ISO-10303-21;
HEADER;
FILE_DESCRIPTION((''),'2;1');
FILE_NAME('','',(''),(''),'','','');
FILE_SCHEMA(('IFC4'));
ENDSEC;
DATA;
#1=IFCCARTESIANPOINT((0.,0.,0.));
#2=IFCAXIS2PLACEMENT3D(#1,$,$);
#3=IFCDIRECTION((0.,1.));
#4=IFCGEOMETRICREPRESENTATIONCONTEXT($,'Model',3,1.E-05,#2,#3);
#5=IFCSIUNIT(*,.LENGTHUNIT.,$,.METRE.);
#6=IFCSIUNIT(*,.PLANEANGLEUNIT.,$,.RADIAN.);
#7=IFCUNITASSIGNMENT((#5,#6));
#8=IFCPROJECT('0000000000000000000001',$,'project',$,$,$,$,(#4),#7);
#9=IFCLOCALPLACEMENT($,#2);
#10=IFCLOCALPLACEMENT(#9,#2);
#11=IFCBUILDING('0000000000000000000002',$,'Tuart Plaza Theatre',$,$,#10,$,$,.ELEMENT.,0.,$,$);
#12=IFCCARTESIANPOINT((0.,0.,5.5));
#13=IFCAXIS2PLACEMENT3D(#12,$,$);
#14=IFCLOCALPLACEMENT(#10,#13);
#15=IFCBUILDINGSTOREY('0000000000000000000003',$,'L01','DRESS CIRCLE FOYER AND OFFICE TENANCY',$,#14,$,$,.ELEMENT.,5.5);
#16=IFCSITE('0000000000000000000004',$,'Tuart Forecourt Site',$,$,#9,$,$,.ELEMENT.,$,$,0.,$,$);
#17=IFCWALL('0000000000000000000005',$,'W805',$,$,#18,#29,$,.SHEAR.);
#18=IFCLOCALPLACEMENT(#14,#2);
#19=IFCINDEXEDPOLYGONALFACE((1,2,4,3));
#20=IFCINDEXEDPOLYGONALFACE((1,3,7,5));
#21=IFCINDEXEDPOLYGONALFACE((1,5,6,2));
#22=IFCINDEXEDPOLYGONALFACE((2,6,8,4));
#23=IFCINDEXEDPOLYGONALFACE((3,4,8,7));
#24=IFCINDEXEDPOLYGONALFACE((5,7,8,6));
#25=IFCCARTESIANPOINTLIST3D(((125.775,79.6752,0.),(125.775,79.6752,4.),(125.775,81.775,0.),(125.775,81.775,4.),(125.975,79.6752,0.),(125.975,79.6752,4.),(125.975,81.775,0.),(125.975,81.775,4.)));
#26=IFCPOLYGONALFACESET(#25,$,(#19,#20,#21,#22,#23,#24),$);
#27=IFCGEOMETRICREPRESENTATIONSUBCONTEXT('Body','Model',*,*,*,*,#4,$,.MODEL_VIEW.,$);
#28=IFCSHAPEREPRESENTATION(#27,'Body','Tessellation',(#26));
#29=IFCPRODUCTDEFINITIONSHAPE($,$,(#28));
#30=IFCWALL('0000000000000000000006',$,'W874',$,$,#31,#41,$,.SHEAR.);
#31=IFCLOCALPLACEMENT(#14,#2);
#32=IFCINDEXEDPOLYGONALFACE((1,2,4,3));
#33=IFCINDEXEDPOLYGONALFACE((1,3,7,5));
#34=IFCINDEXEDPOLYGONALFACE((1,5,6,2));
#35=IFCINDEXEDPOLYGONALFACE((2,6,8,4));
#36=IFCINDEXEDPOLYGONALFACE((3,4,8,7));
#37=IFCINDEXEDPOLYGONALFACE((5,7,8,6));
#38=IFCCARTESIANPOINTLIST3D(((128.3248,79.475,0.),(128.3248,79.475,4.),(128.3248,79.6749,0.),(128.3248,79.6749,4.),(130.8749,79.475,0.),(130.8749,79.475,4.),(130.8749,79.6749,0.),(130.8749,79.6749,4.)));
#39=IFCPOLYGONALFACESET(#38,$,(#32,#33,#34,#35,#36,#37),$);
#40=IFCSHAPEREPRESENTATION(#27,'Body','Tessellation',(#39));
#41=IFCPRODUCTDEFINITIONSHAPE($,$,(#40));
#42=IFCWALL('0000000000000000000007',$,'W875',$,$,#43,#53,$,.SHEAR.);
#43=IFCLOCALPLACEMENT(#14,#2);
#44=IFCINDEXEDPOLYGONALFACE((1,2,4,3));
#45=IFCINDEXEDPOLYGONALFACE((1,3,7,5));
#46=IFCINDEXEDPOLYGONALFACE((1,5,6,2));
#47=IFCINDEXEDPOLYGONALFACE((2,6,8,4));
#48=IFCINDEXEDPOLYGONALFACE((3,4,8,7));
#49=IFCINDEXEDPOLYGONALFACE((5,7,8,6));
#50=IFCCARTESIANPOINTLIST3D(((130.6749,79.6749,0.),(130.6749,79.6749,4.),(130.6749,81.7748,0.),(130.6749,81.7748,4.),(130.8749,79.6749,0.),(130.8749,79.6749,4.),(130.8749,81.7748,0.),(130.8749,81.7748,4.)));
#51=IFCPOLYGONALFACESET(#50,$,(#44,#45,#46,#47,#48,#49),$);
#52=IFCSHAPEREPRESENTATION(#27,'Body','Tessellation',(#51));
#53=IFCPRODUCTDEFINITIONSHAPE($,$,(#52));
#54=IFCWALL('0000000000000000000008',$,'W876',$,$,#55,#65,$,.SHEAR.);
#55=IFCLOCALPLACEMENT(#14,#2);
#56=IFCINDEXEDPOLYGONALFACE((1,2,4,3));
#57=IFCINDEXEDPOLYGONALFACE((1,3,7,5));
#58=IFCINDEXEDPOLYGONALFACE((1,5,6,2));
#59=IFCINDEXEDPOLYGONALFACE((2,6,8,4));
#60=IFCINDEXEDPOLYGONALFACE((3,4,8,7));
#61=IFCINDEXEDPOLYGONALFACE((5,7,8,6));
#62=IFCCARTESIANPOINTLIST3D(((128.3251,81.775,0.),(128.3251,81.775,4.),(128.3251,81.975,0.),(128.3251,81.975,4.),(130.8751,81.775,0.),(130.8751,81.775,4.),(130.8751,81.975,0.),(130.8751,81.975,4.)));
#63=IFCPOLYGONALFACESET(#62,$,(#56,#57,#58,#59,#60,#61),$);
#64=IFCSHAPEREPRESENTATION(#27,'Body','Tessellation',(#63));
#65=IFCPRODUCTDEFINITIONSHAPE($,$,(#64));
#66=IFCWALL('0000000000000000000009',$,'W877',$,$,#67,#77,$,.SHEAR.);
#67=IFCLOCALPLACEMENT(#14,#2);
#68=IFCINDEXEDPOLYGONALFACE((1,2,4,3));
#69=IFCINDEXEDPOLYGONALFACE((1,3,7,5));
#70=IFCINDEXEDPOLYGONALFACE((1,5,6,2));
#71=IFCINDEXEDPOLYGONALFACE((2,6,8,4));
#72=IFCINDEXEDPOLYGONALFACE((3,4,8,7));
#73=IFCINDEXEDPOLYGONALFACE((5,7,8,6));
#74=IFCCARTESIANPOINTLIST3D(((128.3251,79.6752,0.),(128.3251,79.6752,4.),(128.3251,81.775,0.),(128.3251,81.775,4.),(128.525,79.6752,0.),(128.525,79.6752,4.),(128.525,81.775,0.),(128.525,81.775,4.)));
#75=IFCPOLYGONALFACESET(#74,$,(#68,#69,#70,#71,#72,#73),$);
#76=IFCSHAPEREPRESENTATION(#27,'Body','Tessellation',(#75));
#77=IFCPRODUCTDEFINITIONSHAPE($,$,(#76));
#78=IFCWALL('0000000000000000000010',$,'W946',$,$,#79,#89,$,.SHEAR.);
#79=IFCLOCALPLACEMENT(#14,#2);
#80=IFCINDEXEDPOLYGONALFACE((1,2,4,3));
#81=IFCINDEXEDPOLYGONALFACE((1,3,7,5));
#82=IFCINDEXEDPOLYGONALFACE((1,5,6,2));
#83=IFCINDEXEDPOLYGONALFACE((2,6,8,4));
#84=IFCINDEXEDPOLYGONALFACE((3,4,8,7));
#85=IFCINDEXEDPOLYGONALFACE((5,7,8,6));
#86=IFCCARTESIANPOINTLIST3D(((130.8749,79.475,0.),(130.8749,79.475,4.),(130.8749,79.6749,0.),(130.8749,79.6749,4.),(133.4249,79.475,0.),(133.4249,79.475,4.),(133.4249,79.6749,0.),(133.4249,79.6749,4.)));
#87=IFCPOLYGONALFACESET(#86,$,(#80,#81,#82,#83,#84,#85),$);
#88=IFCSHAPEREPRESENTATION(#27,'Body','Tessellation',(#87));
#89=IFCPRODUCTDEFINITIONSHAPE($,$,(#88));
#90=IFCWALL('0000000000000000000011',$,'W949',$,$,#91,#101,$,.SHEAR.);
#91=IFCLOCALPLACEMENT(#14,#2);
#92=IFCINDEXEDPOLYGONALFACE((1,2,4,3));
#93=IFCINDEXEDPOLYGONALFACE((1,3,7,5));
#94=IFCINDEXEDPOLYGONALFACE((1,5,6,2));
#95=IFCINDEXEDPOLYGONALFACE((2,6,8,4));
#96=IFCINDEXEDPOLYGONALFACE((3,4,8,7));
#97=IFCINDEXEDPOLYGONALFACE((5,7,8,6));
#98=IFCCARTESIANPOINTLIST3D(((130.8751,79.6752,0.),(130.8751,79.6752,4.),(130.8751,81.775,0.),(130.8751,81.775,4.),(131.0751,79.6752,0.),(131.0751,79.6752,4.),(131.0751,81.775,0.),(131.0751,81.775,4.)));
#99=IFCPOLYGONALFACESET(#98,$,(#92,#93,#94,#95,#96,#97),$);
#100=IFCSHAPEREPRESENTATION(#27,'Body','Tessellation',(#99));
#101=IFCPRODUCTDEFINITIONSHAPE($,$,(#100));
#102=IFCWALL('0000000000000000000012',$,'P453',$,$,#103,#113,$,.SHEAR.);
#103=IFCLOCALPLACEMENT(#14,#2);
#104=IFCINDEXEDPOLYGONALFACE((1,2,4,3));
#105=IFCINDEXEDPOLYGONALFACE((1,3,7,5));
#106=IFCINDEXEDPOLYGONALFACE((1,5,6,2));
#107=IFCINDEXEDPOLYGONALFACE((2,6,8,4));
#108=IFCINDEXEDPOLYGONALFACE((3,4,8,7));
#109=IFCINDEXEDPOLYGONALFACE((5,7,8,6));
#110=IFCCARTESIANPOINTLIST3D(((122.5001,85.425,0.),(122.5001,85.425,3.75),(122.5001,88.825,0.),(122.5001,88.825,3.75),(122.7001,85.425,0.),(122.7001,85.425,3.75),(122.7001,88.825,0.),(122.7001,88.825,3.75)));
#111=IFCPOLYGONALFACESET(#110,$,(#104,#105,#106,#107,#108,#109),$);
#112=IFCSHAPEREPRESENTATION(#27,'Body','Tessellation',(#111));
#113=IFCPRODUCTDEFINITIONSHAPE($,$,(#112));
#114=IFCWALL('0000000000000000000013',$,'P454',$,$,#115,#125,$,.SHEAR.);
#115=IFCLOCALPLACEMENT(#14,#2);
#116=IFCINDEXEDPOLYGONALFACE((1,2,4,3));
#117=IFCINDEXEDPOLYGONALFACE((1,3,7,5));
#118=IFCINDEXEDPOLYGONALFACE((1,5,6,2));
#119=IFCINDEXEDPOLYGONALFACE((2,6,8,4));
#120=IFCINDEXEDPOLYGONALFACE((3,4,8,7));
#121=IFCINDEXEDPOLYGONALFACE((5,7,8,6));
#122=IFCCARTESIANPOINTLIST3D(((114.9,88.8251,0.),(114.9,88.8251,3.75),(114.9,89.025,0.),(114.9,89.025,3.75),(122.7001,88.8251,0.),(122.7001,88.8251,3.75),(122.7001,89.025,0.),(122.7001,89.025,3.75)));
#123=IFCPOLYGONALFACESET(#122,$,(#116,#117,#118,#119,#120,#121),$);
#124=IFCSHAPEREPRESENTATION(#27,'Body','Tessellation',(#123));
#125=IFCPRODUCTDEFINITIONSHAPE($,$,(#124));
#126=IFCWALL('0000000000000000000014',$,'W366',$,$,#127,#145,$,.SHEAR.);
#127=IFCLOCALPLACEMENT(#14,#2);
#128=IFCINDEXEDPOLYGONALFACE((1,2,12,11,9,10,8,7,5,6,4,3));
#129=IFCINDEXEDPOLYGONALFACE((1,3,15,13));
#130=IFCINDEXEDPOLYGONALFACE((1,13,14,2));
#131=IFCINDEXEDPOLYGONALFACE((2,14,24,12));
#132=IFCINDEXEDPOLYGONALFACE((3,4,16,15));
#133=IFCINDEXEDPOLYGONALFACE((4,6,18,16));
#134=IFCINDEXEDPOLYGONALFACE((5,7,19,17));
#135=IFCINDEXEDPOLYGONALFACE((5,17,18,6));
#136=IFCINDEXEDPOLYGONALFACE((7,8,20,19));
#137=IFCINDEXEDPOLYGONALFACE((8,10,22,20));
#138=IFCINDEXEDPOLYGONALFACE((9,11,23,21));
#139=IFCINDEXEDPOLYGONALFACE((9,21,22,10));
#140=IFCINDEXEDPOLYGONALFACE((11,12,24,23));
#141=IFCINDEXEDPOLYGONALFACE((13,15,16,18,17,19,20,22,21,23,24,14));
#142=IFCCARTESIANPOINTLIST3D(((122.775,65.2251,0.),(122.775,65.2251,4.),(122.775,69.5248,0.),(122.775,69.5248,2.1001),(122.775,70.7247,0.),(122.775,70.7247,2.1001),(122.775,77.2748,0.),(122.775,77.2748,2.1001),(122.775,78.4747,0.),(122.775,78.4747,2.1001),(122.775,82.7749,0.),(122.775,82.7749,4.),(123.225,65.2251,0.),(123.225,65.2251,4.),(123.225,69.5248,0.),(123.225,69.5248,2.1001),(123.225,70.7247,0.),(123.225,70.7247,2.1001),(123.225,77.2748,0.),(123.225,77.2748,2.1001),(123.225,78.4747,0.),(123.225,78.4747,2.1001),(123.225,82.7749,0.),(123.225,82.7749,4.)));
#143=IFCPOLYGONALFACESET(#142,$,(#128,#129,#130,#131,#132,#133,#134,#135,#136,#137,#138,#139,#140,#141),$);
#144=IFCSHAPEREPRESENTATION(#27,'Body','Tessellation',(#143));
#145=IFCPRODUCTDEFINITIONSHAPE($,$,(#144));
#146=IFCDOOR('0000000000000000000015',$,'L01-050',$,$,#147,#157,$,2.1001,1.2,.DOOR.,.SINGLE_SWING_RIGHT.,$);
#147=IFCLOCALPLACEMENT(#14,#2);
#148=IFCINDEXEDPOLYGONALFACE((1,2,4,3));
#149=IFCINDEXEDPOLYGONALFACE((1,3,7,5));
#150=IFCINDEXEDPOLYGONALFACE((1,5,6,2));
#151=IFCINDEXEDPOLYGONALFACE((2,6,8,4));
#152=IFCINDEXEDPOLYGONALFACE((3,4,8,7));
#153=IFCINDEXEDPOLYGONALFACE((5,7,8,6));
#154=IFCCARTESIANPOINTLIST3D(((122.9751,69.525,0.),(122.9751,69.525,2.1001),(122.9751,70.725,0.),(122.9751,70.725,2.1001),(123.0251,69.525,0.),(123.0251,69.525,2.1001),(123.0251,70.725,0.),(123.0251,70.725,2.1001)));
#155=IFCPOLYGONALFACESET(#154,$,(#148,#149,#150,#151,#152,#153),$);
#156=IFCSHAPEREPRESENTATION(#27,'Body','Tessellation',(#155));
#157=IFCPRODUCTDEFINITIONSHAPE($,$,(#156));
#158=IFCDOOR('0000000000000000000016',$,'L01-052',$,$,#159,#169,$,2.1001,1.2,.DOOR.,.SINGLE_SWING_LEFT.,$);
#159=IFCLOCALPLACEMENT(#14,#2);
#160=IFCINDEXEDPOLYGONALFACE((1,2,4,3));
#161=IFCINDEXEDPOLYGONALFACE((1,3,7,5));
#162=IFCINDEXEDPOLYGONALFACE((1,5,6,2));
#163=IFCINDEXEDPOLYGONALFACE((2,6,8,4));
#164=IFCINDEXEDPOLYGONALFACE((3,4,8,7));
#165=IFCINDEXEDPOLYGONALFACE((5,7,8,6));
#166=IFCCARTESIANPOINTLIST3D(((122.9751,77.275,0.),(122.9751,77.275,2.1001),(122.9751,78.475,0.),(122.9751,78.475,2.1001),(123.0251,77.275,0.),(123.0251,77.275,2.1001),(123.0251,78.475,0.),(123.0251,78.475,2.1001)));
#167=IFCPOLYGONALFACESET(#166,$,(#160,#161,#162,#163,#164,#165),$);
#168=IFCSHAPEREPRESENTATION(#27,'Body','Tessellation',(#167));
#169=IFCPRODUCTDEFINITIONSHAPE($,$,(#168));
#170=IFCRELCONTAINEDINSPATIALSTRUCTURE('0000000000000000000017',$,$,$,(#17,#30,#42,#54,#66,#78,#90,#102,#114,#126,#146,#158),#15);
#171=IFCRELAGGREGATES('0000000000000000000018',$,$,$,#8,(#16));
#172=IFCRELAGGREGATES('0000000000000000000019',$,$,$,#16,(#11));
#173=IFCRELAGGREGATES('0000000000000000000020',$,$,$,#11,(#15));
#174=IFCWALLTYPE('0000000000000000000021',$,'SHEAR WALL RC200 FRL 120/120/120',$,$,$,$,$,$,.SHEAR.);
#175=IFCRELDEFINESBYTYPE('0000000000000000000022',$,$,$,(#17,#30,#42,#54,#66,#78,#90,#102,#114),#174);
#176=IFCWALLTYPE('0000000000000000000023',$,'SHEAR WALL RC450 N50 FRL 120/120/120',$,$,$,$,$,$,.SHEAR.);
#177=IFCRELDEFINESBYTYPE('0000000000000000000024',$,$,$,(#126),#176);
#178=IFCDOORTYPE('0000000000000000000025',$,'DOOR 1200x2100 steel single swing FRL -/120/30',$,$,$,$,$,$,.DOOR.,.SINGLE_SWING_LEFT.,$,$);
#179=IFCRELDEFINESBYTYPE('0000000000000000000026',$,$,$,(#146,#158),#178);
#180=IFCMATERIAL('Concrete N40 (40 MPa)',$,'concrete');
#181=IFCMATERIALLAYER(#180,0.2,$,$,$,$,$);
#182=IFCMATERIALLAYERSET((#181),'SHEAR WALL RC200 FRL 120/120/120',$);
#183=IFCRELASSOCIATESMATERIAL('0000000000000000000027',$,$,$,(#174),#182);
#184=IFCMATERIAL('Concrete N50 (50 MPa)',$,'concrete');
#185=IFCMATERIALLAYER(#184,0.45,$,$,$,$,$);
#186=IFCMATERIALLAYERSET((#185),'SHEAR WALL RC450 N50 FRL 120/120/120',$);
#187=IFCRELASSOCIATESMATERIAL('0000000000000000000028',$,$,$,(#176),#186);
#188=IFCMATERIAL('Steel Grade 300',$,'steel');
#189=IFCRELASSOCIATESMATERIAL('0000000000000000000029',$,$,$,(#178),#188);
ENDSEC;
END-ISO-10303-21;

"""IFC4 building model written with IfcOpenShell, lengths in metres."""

from ifc_helpers import new_model, si_unit, direction, frame, frame_2d, origin, place, context, subcontext, project, spatial, rectangle, extrude, material, layer, layer_set, type_object, element, fill, save


model = new_model("IFC4")

# Units and contexts
model_context = context("Model", 3, precision=1e-05, world=origin(), true_north=direction((0.0, 1.0)))
body_context = subcontext(model_context, "Body", "Model", "MODEL_VIEW")
ifc_project = project(units=[si_unit("LENGTHUNIT", "METRE"), si_unit("PLANEANGLEUNIT", "RADIAN")], contexts=[model_context])

# Site, building, storey
site_placement = place(None, origin())
site = spatial("IfcSite", under=ifc_project, at=site_placement, Name="Tuart Forecourt Site", CompositionType="ELEMENT", RefElevation=0.0)
building_placement = place(site_placement, origin())
building = spatial("IfcBuilding", under=site, at=building_placement, Name="Tuart Plaza Theatre", CompositionType="ELEMENT", ElevationOfRefHeight=0.0)
storey_placement = place(building_placement, frame((0.0, 0.0, 5.5)))
storey = spatial("IfcBuildingStorey", under=building, at=storey_placement, Name="L01", Description="DRESS CIRCLE FOYER AND OFFICE TENANCY", CompositionType="ELEMENT", Elevation=5.5)

# Walls
ifc_material_1 = material(Name="Concrete N40 (40 MPa)", Category="concrete")
ifc_layer_1 = layer(ifc_material_1, 0.2)
ifc_layer_set_1 = layer_set([ifc_layer_1], Name="SHEAR WALL RC200 FRL 120/120/120")
wall_type_1 = type_object("IfcWallType", Name="SHEAR WALL RC200 FRL 120/120/120", PredefinedType="SHEAR", material=ifc_layer_set_1)
wall_1_placement = place(storey_placement, frame((125.875, 81.7749, 0.0), z_axis=(0.0, 0.0, 1.0), x_axis=(0.0, -1.0, 0.0)))
element("IfcWall", 1, at=wall_1_placement, inside=storey, type_object=wall_type_1, Name="W805", PredefinedType="SHEAR", context=body_context, shape_type="SweptSolid", body=[
    extrude(rectangle(XDim=2.0999, YDim=0.2, at=frame_2d((1.0498, 0.0))), origin(), (0.0, 0.0, 1.0), 4.0),
])
wall_2_placement = place(storey_placement, frame((128.325, 79.575, 0.0), z_axis=(0.0, 0.0, 1.0), x_axis=(1.0, 0.0, 0.0)))
element("IfcWall", 2, at=wall_2_placement, inside=storey, type_object=wall_type_1, Name="W874", PredefinedType="SHEAR", context=body_context, shape_type="SweptSolid", body=[
    extrude(rectangle(XDim=2.55, YDim=0.2, at=frame_2d((1.2749, 0.0))), origin(), (0.0, 0.0, 1.0), 4.0),
])
wall_3_placement = place(storey_placement, frame((130.7749, 79.675, 0.0), z_axis=(0.0, 0.0, 1.0), x_axis=(0.0, 1.0, 0.0)))
element("IfcWall", 3, at=wall_3_placement, inside=storey, type_object=wall_type_1, Name="W875", PredefinedType="SHEAR", context=body_context, shape_type="SweptSolid", body=[
    extrude(rectangle(XDim=2.0999, YDim=0.2, at=frame_2d((1.0498, 0.0))), origin(), (0.0, 0.0, 1.0), 4.0),
])
wall_4_placement = place(storey_placement, frame((130.875, 81.875, 0.0), z_axis=(0.0, 0.0, 1.0), x_axis=(-1.0, 0.0, 0.0)))
element("IfcWall", 4, at=wall_4_placement, inside=storey, type_object=wall_type_1, Name="W876", PredefinedType="SHEAR", context=body_context, shape_type="SweptSolid", body=[
    extrude(rectangle(XDim=2.55, YDim=0.2, at=frame_2d((1.2749, 0.0))), origin(), (0.0, 0.0, 1.0), 4.0),
])
wall_5_placement = place(storey_placement, frame((128.425, 81.7749, 0.0), z_axis=(0.0, 0.0, 1.0), x_axis=(0.0, -1.0, 0.0)))
element("IfcWall", 5, at=wall_5_placement, inside=storey, type_object=wall_type_1, Name="W877", PredefinedType="SHEAR", context=body_context, shape_type="SweptSolid", body=[
    extrude(rectangle(XDim=2.0999, YDim=0.2, at=frame_2d((1.0498, 0.0))), origin(), (0.0, 0.0, 1.0), 4.0),
])
wall_6_placement = place(storey_placement, frame((130.875, 79.575, 0.0), z_axis=(0.0, 0.0, 1.0), x_axis=(1.0, 0.0, 0.0)))
element("IfcWall", 6, at=wall_6_placement, inside=storey, type_object=wall_type_1, Name="W946", PredefinedType="SHEAR", context=body_context, shape_type="SweptSolid", body=[
    extrude(rectangle(XDim=2.55, YDim=0.2, at=frame_2d((1.2749, 0.0))), origin(), (0.0, 0.0, 1.0), 4.0),
])
wall_7_placement = place(storey_placement, frame((130.9751, 81.7749, 0.0), z_axis=(0.0, 0.0, 1.0), x_axis=(0.0, -1.0, 0.0)))
element("IfcWall", 7, at=wall_7_placement, inside=storey, type_object=wall_type_1, Name="W949", PredefinedType="SHEAR", context=body_context, shape_type="SweptSolid", body=[
    extrude(rectangle(XDim=2.0999, YDim=0.2, at=frame_2d((1.0498, 0.0))), origin(), (0.0, 0.0, 1.0), 4.0),
])
wall_8_placement = place(storey_placement, frame((122.6001, 85.425, 0.0), z_axis=(0.0, 0.0, 1.0), x_axis=(0.0, 1.0, 0.0)))
element("IfcWall", 8, at=wall_8_placement, inside=storey, type_object=wall_type_1, Name="P453", PredefinedType="SHEAR", context=body_context, shape_type="SweptSolid", body=[
    extrude(rectangle(XDim=3.3999, YDim=0.2, at=frame_2d((1.7, 0.0))), origin(), (0.0, 0.0, 1.0), 3.75),
])
wall_9_placement = place(storey_placement, frame((122.7, 88.925, 0.0), z_axis=(0.0, 0.0, 1.0), x_axis=(-1.0, 0.0, 0.0)))
element("IfcWall", 9, at=wall_9_placement, inside=storey, type_object=wall_type_1, Name="P454", PredefinedType="SHEAR", context=body_context, shape_type="SweptSolid", body=[
    extrude(rectangle(XDim=7.8, YDim=0.2, at=frame_2d((3.8999, 0.0))), origin(), (0.0, 0.0, 1.0), 3.75),
])

# Wall, openings, doors
ifc_material_2 = material(Name="Concrete N50 (50 MPa)", Category="concrete")
ifc_layer_2 = layer(ifc_material_2, 0.45)
ifc_layer_set_2 = layer_set([ifc_layer_2], Name="SHEAR WALL RC450 N50 FRL 120/120/120")
wall_type_2 = type_object("IfcWallType", Name="SHEAR WALL RC450 N50 FRL 120/120/120", PredefinedType="SHEAR", material=ifc_layer_set_2)
wall_10_placement = place(storey_placement, frame((123.0, 82.7749, 0.0), z_axis=(0.0, 0.0, 1.0), x_axis=(0.0, -1.0, 0.0)))
wall_10 = element("IfcWall", 10, at=wall_10_placement, inside=storey, type_object=wall_type_2, Name="W366", PredefinedType="SHEAR", context=body_context, shape_type="SweptSolid", body=[
    extrude(rectangle(XDim=17.5498, YDim=0.45, at=frame_2d((8.7749, 0.0))), origin(), (0.0, 0.0, 1.0), 4.0),
])
opening_1_placement = place(wall_10_placement, frame((12.05, 0.0, 0.0)))
opening_1 = element("IfcOpeningElement", 11, at=opening_1_placement, cuts=wall_10, PredefinedType="OPENING", context=body_context, shape_type="SweptSolid", body=[
    extrude(rectangle(XDim=1.2, YDim=2.1001, at=frame_2d((0.6001, 1.05))), frame((0.0, 0.2349, 0.0), z_axis=(0.0, -1.0, 0.0), x_axis=(1.0, 0.0, 0.0)), (0.0, 0.0, 1.0), 0.47),
])
opening_2_placement = place(wall_10_placement, frame((4.3, 0.0, 0.0)))
opening_2 = element("IfcOpeningElement", 12, at=opening_2_placement, cuts=wall_10, PredefinedType="OPENING", context=body_context, shape_type="SweptSolid", body=[
    extrude(rectangle(XDim=1.2, YDim=2.1001, at=frame_2d((0.6001, 1.05))), frame((0.0, 0.2349, 0.0), z_axis=(0.0, -1.0, 0.0), x_axis=(1.0, 0.0, 0.0)), (0.0, 0.0, 1.0), 0.47),
])
ifc_material_3 = material(Name="Steel Grade 300", Category="steel")
door_type_1 = type_object("IfcDoorType", Name="DOOR 1200x2100 steel single swing FRL -/120/30", OperationType="SINGLE_SWING_LEFT", PredefinedType="DOOR", material=ifc_material_3)
door_1_placement = place(opening_1_placement, frame((1.2, 0.0, 0.0), z_axis=(0.0, 0.0, 1.0), x_axis=(-1.0, 0.0, 0.0)))
door_1 = element("IfcDoor", 13, at=door_1_placement, inside=storey, type_object=door_type_1, Name="L01-050", OperationType="SINGLE_SWING_RIGHT", OverallHeight=2.1001, OverallWidth=1.2, PredefinedType="DOOR", context=body_context, shape_type="SweptSolid", body=[
    extrude(rectangle(XDim=1.2, YDim=2.1001, at=frame_2d((0.6001, 1.05))), frame((0.0, 0.0249, 0.0), z_axis=(0.0, -1.0, 0.0), x_axis=(1.0, 0.0, 0.0)), (0.0, 0.0, 1.0), 0.05),
])
fill(opening_1, door_1)
door_2_placement = place(opening_2_placement, frame((1.2, 0.0, 0.0), z_axis=(0.0, 0.0, 1.0), x_axis=(-1.0, 0.0, 0.0)))
door_2 = element("IfcDoor", 14, at=door_2_placement, inside=storey, type_object=door_type_1, Name="L01-052", OperationType="SINGLE_SWING_LEFT", OverallHeight=2.1001, OverallWidth=1.2, PredefinedType="DOOR", context=body_context, shape_type="SweptSolid", body=[
    extrude(rectangle(XDim=1.2, YDim=2.1001, at=frame_2d((0.6001, 1.05))), frame((0.0, 0.0249, 0.0), z_axis=(0.0, -1.0, 0.0), x_axis=(1.0, 0.0, 0.0)), (0.0, 0.0, 1.0), 0.05),
])
fill(opening_2, door_2)

save(model, "model.ifc")
